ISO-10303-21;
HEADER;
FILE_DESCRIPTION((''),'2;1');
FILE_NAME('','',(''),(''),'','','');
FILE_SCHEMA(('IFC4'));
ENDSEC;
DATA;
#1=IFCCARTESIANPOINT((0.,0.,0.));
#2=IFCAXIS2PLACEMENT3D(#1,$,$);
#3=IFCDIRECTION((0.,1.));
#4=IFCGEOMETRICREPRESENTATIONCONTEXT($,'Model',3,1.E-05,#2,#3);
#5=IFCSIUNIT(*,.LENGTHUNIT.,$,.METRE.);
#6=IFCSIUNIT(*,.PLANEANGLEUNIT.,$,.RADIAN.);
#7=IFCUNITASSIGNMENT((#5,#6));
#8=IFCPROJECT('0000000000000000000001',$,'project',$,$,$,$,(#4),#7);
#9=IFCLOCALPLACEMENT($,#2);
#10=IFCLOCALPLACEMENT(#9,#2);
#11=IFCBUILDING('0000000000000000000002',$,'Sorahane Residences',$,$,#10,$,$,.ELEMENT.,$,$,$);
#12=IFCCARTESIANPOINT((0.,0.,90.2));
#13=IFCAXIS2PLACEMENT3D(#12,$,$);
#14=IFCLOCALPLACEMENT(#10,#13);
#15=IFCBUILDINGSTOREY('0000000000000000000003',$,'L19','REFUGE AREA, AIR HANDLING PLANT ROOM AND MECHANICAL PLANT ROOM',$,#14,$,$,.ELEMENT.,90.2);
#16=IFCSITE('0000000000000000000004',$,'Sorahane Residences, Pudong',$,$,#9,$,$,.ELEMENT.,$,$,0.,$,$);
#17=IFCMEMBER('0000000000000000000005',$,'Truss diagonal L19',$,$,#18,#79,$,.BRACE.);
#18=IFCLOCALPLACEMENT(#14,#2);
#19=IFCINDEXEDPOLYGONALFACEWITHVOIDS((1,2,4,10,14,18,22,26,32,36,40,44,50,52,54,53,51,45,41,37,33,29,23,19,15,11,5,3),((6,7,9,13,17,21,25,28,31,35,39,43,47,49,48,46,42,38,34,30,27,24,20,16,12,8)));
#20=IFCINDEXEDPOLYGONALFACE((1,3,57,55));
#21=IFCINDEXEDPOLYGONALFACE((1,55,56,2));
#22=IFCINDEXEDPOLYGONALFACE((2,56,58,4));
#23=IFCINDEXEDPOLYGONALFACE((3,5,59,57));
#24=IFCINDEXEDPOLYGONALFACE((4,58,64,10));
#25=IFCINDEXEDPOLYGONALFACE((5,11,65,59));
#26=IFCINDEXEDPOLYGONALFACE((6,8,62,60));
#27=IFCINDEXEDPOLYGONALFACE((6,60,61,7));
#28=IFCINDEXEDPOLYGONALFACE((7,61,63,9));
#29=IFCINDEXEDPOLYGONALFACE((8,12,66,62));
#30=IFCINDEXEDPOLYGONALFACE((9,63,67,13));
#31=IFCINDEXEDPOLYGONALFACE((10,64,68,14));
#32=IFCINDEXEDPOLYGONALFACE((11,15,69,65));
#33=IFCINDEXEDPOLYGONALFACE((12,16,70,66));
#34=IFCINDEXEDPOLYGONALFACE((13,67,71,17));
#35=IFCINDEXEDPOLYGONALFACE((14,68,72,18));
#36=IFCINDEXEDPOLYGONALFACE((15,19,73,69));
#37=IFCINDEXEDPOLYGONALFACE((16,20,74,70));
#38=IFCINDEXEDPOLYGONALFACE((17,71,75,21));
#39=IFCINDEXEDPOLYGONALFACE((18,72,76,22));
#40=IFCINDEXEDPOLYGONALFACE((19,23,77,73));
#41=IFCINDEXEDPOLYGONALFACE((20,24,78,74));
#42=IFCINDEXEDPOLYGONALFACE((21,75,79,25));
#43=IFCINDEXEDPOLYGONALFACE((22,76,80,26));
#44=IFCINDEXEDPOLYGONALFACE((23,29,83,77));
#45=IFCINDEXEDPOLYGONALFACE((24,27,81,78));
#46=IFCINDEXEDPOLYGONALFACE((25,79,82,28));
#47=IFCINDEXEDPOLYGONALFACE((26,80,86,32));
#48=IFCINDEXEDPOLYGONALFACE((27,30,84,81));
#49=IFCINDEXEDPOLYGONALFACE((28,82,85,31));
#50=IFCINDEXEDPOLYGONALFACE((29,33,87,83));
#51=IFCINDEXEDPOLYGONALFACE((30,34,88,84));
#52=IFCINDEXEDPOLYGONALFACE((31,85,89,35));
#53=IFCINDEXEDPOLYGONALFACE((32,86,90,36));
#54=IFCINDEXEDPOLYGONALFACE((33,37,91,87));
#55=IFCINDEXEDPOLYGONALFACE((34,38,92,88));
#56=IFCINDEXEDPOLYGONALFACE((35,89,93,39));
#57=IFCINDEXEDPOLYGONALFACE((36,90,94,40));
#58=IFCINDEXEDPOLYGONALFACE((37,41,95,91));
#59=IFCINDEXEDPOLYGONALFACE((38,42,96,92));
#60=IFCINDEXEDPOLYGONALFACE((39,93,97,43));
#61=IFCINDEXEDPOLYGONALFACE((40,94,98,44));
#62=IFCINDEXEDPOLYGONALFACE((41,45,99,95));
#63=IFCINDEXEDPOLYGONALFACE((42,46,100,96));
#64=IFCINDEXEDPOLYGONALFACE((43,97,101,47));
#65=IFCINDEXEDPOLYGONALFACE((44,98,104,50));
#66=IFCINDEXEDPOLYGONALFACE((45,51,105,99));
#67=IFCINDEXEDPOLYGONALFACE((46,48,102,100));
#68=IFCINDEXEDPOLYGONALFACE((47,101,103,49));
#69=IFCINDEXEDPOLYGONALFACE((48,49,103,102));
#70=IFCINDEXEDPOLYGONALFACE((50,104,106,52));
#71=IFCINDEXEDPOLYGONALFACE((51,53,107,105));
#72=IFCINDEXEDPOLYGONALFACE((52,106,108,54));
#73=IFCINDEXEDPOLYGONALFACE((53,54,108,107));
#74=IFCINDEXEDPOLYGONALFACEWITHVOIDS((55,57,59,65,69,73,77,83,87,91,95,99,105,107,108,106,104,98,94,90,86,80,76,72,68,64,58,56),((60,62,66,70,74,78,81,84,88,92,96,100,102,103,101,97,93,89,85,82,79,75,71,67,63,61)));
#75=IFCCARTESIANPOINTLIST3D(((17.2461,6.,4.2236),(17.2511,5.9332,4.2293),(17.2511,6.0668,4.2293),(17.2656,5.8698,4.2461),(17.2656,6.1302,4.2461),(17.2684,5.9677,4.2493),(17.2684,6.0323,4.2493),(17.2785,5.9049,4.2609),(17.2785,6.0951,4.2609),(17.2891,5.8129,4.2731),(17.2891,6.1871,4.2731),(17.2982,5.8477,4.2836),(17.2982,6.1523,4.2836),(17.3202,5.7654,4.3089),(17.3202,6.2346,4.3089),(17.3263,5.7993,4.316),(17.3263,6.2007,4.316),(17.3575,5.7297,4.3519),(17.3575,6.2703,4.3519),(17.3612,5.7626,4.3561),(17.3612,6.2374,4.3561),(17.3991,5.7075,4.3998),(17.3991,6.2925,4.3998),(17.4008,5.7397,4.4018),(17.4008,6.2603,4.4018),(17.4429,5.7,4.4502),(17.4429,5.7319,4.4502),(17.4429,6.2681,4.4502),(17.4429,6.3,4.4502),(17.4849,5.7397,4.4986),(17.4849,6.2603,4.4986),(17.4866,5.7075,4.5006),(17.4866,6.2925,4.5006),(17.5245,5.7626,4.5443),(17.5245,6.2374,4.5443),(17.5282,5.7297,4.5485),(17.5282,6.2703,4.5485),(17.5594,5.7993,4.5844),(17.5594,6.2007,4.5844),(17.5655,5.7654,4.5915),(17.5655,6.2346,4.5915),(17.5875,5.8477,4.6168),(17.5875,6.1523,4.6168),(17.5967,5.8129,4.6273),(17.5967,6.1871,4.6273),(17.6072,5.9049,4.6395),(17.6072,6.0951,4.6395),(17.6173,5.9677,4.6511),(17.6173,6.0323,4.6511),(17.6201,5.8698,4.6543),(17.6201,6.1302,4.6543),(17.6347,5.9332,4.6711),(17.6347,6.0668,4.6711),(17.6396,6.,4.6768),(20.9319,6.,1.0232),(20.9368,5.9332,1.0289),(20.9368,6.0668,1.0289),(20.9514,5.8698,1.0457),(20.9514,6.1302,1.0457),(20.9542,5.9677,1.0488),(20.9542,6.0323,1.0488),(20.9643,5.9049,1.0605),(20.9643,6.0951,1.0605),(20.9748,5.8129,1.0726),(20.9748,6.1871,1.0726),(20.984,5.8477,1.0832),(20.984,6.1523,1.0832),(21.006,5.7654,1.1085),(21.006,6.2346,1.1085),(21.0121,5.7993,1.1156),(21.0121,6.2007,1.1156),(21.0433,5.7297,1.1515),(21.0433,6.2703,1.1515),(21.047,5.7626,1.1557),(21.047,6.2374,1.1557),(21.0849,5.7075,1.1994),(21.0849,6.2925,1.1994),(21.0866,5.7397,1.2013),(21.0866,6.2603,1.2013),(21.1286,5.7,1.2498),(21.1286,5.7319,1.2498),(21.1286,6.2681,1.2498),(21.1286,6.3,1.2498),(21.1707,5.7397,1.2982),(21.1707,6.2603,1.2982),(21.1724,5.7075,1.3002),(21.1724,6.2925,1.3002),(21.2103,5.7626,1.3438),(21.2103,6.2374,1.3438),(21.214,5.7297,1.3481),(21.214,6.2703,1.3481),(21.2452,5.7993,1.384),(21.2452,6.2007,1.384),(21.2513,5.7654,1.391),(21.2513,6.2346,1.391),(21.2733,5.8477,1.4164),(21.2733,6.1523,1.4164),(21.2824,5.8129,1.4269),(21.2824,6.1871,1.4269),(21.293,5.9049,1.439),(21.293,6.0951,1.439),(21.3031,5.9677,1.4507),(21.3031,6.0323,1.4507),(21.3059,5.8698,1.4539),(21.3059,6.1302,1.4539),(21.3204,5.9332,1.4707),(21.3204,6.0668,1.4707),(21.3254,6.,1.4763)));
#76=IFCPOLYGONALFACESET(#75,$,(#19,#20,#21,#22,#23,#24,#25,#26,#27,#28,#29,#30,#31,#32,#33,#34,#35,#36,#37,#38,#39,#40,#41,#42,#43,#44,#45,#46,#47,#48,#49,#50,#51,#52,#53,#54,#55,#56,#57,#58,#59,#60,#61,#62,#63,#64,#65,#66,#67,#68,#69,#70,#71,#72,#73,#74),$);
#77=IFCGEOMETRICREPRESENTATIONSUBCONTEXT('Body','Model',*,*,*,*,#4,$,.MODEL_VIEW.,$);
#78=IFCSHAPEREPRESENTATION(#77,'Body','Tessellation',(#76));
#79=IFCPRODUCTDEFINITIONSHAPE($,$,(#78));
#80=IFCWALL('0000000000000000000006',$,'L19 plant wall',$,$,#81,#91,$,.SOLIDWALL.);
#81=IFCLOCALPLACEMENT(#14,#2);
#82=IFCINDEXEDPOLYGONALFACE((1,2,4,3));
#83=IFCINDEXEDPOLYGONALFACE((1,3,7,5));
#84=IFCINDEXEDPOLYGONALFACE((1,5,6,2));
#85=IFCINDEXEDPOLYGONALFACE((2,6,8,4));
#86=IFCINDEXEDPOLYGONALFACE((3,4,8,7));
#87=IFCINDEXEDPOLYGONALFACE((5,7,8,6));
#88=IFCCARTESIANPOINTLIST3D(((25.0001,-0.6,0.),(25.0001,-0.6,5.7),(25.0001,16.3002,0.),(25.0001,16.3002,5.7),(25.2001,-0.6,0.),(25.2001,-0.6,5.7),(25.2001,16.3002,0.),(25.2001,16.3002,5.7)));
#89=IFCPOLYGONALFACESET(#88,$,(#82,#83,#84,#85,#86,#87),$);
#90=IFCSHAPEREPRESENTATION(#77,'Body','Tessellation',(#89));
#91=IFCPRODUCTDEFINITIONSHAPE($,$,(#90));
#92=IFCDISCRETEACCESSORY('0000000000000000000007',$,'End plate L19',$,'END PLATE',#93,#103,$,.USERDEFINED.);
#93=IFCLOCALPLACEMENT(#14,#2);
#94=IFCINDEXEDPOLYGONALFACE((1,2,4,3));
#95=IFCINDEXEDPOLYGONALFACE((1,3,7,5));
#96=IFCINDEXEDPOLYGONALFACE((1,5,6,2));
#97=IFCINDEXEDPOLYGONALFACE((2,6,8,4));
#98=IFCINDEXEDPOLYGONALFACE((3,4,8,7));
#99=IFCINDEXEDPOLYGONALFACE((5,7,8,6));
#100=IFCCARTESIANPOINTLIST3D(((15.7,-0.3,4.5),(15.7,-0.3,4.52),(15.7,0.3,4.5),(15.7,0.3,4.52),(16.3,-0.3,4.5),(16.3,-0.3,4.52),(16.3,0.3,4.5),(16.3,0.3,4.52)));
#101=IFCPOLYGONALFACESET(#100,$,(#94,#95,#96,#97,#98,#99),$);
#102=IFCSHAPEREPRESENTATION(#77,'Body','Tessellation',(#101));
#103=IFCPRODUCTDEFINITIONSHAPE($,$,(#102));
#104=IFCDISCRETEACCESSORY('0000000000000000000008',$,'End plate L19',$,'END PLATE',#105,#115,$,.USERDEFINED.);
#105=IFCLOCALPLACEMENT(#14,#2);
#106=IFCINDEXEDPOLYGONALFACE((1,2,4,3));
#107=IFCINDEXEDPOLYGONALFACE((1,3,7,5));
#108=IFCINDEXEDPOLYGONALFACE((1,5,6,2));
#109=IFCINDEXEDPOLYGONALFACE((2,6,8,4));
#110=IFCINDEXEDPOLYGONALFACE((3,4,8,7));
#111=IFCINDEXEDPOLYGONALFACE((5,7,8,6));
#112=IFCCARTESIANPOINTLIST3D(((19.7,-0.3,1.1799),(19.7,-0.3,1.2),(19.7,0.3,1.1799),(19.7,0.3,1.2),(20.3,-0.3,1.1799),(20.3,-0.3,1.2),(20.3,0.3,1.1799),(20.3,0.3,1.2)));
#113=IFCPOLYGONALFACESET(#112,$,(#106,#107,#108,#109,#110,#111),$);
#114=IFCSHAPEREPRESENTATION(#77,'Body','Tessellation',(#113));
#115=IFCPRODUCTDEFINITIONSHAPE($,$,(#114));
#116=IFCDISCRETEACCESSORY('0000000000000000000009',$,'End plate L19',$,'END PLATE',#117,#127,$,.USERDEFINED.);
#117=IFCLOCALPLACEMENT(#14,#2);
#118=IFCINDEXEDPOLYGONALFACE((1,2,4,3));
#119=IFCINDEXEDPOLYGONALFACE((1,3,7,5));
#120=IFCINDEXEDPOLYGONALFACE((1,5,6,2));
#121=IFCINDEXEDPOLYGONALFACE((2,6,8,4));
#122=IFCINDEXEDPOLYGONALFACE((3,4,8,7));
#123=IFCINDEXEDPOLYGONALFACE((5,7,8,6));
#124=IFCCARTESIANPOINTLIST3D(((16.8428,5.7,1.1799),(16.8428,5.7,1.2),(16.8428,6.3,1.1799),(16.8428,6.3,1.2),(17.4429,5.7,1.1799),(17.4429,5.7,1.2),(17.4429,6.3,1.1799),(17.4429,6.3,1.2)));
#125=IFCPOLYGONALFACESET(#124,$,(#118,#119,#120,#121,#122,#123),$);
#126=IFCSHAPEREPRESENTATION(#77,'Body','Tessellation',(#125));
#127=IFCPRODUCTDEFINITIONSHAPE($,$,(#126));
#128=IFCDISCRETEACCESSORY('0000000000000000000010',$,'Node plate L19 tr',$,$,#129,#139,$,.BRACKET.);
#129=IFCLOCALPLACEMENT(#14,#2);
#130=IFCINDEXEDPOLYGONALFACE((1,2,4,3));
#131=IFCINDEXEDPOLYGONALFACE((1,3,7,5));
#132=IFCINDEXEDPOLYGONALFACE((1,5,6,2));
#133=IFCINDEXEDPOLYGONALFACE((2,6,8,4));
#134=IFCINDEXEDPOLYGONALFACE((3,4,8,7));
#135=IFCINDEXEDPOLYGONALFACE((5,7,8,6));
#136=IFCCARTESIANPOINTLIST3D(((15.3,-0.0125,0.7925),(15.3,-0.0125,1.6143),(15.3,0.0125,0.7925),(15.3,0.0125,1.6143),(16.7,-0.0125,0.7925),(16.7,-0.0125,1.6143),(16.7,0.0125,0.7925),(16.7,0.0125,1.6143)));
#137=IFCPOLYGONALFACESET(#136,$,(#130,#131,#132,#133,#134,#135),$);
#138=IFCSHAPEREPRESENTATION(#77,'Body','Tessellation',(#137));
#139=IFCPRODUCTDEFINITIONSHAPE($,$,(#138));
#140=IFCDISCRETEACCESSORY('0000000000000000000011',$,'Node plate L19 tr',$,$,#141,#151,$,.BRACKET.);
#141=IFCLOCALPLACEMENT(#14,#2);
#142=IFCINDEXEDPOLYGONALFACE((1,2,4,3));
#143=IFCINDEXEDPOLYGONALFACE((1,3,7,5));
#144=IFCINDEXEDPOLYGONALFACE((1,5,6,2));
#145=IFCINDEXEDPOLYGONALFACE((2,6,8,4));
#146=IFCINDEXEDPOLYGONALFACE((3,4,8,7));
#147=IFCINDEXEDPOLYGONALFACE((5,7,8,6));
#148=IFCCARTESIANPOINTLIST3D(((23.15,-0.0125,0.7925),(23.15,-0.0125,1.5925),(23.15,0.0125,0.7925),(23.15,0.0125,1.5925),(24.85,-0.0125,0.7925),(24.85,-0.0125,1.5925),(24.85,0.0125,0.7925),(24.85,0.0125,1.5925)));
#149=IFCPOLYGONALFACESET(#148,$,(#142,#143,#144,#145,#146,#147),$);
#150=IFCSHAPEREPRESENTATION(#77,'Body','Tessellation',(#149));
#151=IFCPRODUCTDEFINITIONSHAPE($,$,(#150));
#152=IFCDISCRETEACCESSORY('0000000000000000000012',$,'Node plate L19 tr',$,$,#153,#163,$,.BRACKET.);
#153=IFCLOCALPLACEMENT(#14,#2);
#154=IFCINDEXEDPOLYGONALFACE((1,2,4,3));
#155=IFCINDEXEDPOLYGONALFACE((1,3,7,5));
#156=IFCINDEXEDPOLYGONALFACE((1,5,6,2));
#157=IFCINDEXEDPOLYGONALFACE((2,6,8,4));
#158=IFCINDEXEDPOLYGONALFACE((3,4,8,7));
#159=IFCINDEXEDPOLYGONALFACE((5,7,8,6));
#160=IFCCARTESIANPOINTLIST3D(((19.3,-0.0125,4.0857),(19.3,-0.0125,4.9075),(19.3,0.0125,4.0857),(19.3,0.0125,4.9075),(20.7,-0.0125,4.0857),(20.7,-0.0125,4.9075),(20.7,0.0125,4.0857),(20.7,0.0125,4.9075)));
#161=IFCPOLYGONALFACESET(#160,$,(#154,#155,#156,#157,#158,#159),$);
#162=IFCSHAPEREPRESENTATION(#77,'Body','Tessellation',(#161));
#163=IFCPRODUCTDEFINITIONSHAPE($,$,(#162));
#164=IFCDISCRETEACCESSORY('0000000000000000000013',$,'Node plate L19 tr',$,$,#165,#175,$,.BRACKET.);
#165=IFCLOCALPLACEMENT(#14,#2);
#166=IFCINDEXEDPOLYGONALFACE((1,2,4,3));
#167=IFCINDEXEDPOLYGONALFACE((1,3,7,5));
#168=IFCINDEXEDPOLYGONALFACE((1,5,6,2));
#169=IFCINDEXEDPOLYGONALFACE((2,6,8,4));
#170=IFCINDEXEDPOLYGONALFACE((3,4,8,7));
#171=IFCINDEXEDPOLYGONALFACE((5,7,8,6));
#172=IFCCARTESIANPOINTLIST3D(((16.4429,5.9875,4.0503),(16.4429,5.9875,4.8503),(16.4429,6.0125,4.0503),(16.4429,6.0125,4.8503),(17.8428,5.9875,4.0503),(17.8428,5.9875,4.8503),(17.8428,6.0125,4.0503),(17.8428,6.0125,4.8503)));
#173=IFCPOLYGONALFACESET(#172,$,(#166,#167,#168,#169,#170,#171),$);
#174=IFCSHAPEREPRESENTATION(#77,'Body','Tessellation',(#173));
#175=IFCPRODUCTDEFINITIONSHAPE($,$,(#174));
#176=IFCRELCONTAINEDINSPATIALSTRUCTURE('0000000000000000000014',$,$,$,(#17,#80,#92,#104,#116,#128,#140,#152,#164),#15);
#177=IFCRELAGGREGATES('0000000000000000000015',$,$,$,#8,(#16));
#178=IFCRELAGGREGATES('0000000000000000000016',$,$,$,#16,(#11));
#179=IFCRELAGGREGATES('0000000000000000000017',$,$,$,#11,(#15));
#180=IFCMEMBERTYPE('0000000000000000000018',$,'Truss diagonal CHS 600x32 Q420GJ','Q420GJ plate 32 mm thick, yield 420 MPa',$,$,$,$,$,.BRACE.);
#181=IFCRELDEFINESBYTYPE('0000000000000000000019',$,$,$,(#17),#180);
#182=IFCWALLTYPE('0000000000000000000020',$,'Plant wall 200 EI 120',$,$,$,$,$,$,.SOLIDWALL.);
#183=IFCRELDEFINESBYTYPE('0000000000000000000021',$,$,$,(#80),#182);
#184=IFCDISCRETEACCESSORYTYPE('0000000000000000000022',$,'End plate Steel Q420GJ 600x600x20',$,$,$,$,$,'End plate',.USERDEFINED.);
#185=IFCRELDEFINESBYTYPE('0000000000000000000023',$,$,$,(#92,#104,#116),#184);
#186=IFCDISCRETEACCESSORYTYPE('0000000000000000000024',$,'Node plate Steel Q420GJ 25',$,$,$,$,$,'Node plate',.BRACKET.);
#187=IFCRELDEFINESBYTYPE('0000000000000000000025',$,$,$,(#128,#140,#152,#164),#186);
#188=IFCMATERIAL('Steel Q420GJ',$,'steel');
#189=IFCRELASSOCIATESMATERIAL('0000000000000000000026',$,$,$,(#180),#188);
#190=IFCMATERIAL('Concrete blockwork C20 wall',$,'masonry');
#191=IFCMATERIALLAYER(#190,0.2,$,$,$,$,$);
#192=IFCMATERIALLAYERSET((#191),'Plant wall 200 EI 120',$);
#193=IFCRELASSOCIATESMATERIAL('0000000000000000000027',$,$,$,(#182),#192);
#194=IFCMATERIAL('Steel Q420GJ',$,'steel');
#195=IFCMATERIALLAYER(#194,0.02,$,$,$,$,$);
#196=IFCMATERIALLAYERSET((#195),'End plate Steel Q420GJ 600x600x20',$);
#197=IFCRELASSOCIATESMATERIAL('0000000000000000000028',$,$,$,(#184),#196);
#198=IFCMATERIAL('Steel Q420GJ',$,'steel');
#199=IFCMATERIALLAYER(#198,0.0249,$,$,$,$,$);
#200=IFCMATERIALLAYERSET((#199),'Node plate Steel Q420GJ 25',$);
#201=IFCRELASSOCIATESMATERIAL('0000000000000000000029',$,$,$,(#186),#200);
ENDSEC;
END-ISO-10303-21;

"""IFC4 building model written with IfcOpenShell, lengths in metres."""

from ifc_helpers import new_model, si_unit, direction, frame, frame_2d, origin, origin_2d, place, context, subcontext, project, spatial, rectangle, hollow_circle, extrude, material, layer, layer_set, material_profile, profile_set, type_object, element, save


model = new_model("IFC4")

# Units and contexts
model_context = context("Model", 3, precision=1e-05, world=origin(), true_north=direction((0.0, 1.0)))
body_context = subcontext(model_context, "Body", "Model", "MODEL_VIEW")
ifc_project = project(units=[si_unit("LENGTHUNIT", "METRE"), si_unit("PLANEANGLEUNIT", "RADIAN")], contexts=[model_context])

# Site, building, storey
site_placement = place(None, origin())
site = spatial("IfcSite", under=ifc_project, at=site_placement, Name="Sorahane Residences, Pudong", CompositionType="ELEMENT", RefElevation=0.0)
building_placement = place(site_placement, origin())
building = spatial("IfcBuilding", under=site, at=building_placement, Name="Sorahane Residences", CompositionType="ELEMENT")
storey_placement = place(building_placement, frame((0.0, 0.0, 90.2)))
storey = spatial("IfcBuildingStorey", under=building, at=storey_placement, Name="L19", Description="REFUGE AREA, AIR HANDLING PLANT ROOM AND MECHANICAL PLANT ROOM", CompositionType="ELEMENT", Elevation=90.2)

# Member
ifc_material_1 = material(Name="Steel Q420GJ", Category="steel")
ifc_material_profile_1 = material_profile(ifc_material_1, hollow_circle(Radius=0.3, WallThickness=0.032, at=origin_2d()), Name="CHS 600x32")
ifc_profile_set_1 = profile_set([ifc_material_profile_1], Name="Steel Q420GJ")
member_type = type_object("IfcMemberType", Name="Truss diagonal CHS 600x32 Q420GJ", Description="Q420GJ plate 32 mm thick, yield 420 MPa", PredefinedType="BRACE", material=ifc_profile_set_1)
member_1_placement = place(storey_placement, frame((17.4429, 6.0, 4.4502), z_axis=(0.755072, 0.0, -0.655642), x_axis=(0.0, 1.0, 0.0)))
element("IfcMember", 1, at=member_1_placement, inside=storey, type_object=member_type, Name="Truss diagonal L19", PredefinedType="BRACE", context=body_context, shape_type="SweptSolid", body=[
    extrude(hollow_circle(Radius=0.3, WallThickness=0.032, at=origin_2d()), origin(), (0.0, 0.0, 1.0), 4.8813),
])

# Wall
ifc_material_2 = material(Name="Concrete blockwork C20 wall", Category="masonry")
ifc_layer_1 = layer(ifc_material_2, 0.2)
ifc_layer_set_1 = layer_set([ifc_layer_1], Name="Plant wall 200 EI 120")
wall_type = type_object("IfcWallType", Name="Plant wall 200 EI 120", PredefinedType="SOLIDWALL", material=ifc_layer_set_1)
wall_placement = place(storey_placement, frame((25.1001, -0.6001, 0.0), z_axis=(0.0, 0.0, 1.0), x_axis=(0.0, 1.0, 0.0)))
element("IfcWall", 2, at=wall_placement, inside=storey, type_object=wall_type, Name="L19 plant wall", PredefinedType="SOLIDWALL", context=body_context, shape_type="SweptSolid", body=[
    extrude(rectangle(XDim=16.9001, YDim=0.2, at=frame_2d((8.4502, 0.0))), origin(), (0.0, 0.0, 1.0), 5.7),
])

# Discrete accessories
ifc_material_3 = material(Name="Steel Q420GJ", Category="steel")
ifc_layer_2 = layer(ifc_material_3, 0.02)
ifc_layer_set_2 = layer_set([ifc_layer_2], Name="End plate Steel Q420GJ 600x600x20")
discrete_accessory_type_1 = type_object("IfcDiscreteAccessoryType", Name="End plate Steel Q420GJ 600x600x20", ElementType="End plate", PredefinedType="USERDEFINED", material=ifc_layer_set_2)
for number, where, z_axis, x_axis, name in (
    (3, (16.0, 0.0, 4.5), (0.0, 0.0, 1.0), (1.0, 0.0, 0.0), "End plate L19"),
    (4, (20.0, 0.0, 1.1799), (0.0, 0.0, 1.0), (1.0, 0.0, 0.0), "End plate L19"),
    (5, (17.1428, 6.0, 1.1799), (0.0, 0.0, 1.0), (1.0, 0.0, 0.0), "End plate L19"),
):
    element("IfcDiscreteAccessory", number, at=place(storey_placement, frame(where, z_axis=z_axis, x_axis=x_axis)), inside=storey, type_object=discrete_accessory_type_1, Name=name, ObjectType="END PLATE", PredefinedType="USERDEFINED", context=body_context, shape_type="SweptSolid", body=[
        extrude(rectangle(XDim=0.6001, YDim=0.6001, at=origin_2d()), origin(), (0.0, 0.0, 1.0), 0.02),
    ])
ifc_material_4 = material(Name="Steel Q420GJ", Category="steel")
ifc_layer_3 = layer(ifc_material_4, 0.0249)
ifc_layer_set_3 = layer_set([ifc_layer_3], Name="Node plate Steel Q420GJ 25")
discrete_accessory_type_2 = type_object("IfcDiscreteAccessoryType", Name="Node plate Steel Q420GJ 25", ElementType="Node plate", PredefinedType="BRACKET", material=ifc_layer_set_3)
discrete_accessory_1_placement = place(storey_placement, frame((16.0, 0.0, 0.7925), z_axis=(0.0, 0.0, 1.0), x_axis=(1.0, 0.0, 0.0)))
element("IfcDiscreteAccessory", 6, at=discrete_accessory_1_placement, inside=storey, type_object=discrete_accessory_type_2, Name="Node plate L19 tr", PredefinedType="BRACKET", context=body_context, shape_type="SweptSolid", body=[
    extrude(rectangle(XDim=1.3999, YDim=0.0249, at=origin_2d()), origin(), (0.0, 0.0, 1.0), 0.8218),
])
discrete_accessory_2_placement = place(storey_placement, frame((24.0, 0.0, 0.7925), z_axis=(0.0, 0.0, 1.0), x_axis=(1.0, 0.0, 0.0)))
element("IfcDiscreteAccessory", 7, at=discrete_accessory_2_placement, inside=storey, type_object=discrete_accessory_type_2, Name="Node plate L19 tr", PredefinedType="BRACKET", context=body_context, shape_type="SweptSolid", body=[
    extrude(rectangle(XDim=1.7, YDim=0.0249, at=origin_2d()), origin(), (0.0, 0.0, 1.0), 0.8),
])
discrete_accessory_3_placement = place(storey_placement, frame((20.0, 0.0, 4.0857), z_axis=(0.0, 0.0, 1.0), x_axis=(1.0, 0.0, 0.0)))
element("IfcDiscreteAccessory", 8, at=discrete_accessory_3_placement, inside=storey, type_object=discrete_accessory_type_2, Name="Node plate L19 tr", PredefinedType="BRACKET", context=body_context, shape_type="SweptSolid", body=[
    extrude(rectangle(XDim=1.3999, YDim=0.0249, at=origin_2d()), origin(), (0.0, 0.0, 1.0), 0.8218),
])
discrete_accessory_4_placement = place(storey_placement, frame((17.1428, 6.0, 4.0503), z_axis=(0.0, 0.0, 1.0), x_axis=(1.0, 0.0, 0.0)))
element("IfcDiscreteAccessory", 9, at=discrete_accessory_4_placement, inside=storey, type_object=discrete_accessory_type_2, Name="Node plate L19 tr", PredefinedType="BRACKET", context=body_context, shape_type="SweptSolid", body=[
    extrude(rectangle(XDim=1.3999, YDim=0.0249, at=origin_2d()), origin(), (0.0, 0.0, 1.0), 0.8),
])

save(model, "model.ifc")
